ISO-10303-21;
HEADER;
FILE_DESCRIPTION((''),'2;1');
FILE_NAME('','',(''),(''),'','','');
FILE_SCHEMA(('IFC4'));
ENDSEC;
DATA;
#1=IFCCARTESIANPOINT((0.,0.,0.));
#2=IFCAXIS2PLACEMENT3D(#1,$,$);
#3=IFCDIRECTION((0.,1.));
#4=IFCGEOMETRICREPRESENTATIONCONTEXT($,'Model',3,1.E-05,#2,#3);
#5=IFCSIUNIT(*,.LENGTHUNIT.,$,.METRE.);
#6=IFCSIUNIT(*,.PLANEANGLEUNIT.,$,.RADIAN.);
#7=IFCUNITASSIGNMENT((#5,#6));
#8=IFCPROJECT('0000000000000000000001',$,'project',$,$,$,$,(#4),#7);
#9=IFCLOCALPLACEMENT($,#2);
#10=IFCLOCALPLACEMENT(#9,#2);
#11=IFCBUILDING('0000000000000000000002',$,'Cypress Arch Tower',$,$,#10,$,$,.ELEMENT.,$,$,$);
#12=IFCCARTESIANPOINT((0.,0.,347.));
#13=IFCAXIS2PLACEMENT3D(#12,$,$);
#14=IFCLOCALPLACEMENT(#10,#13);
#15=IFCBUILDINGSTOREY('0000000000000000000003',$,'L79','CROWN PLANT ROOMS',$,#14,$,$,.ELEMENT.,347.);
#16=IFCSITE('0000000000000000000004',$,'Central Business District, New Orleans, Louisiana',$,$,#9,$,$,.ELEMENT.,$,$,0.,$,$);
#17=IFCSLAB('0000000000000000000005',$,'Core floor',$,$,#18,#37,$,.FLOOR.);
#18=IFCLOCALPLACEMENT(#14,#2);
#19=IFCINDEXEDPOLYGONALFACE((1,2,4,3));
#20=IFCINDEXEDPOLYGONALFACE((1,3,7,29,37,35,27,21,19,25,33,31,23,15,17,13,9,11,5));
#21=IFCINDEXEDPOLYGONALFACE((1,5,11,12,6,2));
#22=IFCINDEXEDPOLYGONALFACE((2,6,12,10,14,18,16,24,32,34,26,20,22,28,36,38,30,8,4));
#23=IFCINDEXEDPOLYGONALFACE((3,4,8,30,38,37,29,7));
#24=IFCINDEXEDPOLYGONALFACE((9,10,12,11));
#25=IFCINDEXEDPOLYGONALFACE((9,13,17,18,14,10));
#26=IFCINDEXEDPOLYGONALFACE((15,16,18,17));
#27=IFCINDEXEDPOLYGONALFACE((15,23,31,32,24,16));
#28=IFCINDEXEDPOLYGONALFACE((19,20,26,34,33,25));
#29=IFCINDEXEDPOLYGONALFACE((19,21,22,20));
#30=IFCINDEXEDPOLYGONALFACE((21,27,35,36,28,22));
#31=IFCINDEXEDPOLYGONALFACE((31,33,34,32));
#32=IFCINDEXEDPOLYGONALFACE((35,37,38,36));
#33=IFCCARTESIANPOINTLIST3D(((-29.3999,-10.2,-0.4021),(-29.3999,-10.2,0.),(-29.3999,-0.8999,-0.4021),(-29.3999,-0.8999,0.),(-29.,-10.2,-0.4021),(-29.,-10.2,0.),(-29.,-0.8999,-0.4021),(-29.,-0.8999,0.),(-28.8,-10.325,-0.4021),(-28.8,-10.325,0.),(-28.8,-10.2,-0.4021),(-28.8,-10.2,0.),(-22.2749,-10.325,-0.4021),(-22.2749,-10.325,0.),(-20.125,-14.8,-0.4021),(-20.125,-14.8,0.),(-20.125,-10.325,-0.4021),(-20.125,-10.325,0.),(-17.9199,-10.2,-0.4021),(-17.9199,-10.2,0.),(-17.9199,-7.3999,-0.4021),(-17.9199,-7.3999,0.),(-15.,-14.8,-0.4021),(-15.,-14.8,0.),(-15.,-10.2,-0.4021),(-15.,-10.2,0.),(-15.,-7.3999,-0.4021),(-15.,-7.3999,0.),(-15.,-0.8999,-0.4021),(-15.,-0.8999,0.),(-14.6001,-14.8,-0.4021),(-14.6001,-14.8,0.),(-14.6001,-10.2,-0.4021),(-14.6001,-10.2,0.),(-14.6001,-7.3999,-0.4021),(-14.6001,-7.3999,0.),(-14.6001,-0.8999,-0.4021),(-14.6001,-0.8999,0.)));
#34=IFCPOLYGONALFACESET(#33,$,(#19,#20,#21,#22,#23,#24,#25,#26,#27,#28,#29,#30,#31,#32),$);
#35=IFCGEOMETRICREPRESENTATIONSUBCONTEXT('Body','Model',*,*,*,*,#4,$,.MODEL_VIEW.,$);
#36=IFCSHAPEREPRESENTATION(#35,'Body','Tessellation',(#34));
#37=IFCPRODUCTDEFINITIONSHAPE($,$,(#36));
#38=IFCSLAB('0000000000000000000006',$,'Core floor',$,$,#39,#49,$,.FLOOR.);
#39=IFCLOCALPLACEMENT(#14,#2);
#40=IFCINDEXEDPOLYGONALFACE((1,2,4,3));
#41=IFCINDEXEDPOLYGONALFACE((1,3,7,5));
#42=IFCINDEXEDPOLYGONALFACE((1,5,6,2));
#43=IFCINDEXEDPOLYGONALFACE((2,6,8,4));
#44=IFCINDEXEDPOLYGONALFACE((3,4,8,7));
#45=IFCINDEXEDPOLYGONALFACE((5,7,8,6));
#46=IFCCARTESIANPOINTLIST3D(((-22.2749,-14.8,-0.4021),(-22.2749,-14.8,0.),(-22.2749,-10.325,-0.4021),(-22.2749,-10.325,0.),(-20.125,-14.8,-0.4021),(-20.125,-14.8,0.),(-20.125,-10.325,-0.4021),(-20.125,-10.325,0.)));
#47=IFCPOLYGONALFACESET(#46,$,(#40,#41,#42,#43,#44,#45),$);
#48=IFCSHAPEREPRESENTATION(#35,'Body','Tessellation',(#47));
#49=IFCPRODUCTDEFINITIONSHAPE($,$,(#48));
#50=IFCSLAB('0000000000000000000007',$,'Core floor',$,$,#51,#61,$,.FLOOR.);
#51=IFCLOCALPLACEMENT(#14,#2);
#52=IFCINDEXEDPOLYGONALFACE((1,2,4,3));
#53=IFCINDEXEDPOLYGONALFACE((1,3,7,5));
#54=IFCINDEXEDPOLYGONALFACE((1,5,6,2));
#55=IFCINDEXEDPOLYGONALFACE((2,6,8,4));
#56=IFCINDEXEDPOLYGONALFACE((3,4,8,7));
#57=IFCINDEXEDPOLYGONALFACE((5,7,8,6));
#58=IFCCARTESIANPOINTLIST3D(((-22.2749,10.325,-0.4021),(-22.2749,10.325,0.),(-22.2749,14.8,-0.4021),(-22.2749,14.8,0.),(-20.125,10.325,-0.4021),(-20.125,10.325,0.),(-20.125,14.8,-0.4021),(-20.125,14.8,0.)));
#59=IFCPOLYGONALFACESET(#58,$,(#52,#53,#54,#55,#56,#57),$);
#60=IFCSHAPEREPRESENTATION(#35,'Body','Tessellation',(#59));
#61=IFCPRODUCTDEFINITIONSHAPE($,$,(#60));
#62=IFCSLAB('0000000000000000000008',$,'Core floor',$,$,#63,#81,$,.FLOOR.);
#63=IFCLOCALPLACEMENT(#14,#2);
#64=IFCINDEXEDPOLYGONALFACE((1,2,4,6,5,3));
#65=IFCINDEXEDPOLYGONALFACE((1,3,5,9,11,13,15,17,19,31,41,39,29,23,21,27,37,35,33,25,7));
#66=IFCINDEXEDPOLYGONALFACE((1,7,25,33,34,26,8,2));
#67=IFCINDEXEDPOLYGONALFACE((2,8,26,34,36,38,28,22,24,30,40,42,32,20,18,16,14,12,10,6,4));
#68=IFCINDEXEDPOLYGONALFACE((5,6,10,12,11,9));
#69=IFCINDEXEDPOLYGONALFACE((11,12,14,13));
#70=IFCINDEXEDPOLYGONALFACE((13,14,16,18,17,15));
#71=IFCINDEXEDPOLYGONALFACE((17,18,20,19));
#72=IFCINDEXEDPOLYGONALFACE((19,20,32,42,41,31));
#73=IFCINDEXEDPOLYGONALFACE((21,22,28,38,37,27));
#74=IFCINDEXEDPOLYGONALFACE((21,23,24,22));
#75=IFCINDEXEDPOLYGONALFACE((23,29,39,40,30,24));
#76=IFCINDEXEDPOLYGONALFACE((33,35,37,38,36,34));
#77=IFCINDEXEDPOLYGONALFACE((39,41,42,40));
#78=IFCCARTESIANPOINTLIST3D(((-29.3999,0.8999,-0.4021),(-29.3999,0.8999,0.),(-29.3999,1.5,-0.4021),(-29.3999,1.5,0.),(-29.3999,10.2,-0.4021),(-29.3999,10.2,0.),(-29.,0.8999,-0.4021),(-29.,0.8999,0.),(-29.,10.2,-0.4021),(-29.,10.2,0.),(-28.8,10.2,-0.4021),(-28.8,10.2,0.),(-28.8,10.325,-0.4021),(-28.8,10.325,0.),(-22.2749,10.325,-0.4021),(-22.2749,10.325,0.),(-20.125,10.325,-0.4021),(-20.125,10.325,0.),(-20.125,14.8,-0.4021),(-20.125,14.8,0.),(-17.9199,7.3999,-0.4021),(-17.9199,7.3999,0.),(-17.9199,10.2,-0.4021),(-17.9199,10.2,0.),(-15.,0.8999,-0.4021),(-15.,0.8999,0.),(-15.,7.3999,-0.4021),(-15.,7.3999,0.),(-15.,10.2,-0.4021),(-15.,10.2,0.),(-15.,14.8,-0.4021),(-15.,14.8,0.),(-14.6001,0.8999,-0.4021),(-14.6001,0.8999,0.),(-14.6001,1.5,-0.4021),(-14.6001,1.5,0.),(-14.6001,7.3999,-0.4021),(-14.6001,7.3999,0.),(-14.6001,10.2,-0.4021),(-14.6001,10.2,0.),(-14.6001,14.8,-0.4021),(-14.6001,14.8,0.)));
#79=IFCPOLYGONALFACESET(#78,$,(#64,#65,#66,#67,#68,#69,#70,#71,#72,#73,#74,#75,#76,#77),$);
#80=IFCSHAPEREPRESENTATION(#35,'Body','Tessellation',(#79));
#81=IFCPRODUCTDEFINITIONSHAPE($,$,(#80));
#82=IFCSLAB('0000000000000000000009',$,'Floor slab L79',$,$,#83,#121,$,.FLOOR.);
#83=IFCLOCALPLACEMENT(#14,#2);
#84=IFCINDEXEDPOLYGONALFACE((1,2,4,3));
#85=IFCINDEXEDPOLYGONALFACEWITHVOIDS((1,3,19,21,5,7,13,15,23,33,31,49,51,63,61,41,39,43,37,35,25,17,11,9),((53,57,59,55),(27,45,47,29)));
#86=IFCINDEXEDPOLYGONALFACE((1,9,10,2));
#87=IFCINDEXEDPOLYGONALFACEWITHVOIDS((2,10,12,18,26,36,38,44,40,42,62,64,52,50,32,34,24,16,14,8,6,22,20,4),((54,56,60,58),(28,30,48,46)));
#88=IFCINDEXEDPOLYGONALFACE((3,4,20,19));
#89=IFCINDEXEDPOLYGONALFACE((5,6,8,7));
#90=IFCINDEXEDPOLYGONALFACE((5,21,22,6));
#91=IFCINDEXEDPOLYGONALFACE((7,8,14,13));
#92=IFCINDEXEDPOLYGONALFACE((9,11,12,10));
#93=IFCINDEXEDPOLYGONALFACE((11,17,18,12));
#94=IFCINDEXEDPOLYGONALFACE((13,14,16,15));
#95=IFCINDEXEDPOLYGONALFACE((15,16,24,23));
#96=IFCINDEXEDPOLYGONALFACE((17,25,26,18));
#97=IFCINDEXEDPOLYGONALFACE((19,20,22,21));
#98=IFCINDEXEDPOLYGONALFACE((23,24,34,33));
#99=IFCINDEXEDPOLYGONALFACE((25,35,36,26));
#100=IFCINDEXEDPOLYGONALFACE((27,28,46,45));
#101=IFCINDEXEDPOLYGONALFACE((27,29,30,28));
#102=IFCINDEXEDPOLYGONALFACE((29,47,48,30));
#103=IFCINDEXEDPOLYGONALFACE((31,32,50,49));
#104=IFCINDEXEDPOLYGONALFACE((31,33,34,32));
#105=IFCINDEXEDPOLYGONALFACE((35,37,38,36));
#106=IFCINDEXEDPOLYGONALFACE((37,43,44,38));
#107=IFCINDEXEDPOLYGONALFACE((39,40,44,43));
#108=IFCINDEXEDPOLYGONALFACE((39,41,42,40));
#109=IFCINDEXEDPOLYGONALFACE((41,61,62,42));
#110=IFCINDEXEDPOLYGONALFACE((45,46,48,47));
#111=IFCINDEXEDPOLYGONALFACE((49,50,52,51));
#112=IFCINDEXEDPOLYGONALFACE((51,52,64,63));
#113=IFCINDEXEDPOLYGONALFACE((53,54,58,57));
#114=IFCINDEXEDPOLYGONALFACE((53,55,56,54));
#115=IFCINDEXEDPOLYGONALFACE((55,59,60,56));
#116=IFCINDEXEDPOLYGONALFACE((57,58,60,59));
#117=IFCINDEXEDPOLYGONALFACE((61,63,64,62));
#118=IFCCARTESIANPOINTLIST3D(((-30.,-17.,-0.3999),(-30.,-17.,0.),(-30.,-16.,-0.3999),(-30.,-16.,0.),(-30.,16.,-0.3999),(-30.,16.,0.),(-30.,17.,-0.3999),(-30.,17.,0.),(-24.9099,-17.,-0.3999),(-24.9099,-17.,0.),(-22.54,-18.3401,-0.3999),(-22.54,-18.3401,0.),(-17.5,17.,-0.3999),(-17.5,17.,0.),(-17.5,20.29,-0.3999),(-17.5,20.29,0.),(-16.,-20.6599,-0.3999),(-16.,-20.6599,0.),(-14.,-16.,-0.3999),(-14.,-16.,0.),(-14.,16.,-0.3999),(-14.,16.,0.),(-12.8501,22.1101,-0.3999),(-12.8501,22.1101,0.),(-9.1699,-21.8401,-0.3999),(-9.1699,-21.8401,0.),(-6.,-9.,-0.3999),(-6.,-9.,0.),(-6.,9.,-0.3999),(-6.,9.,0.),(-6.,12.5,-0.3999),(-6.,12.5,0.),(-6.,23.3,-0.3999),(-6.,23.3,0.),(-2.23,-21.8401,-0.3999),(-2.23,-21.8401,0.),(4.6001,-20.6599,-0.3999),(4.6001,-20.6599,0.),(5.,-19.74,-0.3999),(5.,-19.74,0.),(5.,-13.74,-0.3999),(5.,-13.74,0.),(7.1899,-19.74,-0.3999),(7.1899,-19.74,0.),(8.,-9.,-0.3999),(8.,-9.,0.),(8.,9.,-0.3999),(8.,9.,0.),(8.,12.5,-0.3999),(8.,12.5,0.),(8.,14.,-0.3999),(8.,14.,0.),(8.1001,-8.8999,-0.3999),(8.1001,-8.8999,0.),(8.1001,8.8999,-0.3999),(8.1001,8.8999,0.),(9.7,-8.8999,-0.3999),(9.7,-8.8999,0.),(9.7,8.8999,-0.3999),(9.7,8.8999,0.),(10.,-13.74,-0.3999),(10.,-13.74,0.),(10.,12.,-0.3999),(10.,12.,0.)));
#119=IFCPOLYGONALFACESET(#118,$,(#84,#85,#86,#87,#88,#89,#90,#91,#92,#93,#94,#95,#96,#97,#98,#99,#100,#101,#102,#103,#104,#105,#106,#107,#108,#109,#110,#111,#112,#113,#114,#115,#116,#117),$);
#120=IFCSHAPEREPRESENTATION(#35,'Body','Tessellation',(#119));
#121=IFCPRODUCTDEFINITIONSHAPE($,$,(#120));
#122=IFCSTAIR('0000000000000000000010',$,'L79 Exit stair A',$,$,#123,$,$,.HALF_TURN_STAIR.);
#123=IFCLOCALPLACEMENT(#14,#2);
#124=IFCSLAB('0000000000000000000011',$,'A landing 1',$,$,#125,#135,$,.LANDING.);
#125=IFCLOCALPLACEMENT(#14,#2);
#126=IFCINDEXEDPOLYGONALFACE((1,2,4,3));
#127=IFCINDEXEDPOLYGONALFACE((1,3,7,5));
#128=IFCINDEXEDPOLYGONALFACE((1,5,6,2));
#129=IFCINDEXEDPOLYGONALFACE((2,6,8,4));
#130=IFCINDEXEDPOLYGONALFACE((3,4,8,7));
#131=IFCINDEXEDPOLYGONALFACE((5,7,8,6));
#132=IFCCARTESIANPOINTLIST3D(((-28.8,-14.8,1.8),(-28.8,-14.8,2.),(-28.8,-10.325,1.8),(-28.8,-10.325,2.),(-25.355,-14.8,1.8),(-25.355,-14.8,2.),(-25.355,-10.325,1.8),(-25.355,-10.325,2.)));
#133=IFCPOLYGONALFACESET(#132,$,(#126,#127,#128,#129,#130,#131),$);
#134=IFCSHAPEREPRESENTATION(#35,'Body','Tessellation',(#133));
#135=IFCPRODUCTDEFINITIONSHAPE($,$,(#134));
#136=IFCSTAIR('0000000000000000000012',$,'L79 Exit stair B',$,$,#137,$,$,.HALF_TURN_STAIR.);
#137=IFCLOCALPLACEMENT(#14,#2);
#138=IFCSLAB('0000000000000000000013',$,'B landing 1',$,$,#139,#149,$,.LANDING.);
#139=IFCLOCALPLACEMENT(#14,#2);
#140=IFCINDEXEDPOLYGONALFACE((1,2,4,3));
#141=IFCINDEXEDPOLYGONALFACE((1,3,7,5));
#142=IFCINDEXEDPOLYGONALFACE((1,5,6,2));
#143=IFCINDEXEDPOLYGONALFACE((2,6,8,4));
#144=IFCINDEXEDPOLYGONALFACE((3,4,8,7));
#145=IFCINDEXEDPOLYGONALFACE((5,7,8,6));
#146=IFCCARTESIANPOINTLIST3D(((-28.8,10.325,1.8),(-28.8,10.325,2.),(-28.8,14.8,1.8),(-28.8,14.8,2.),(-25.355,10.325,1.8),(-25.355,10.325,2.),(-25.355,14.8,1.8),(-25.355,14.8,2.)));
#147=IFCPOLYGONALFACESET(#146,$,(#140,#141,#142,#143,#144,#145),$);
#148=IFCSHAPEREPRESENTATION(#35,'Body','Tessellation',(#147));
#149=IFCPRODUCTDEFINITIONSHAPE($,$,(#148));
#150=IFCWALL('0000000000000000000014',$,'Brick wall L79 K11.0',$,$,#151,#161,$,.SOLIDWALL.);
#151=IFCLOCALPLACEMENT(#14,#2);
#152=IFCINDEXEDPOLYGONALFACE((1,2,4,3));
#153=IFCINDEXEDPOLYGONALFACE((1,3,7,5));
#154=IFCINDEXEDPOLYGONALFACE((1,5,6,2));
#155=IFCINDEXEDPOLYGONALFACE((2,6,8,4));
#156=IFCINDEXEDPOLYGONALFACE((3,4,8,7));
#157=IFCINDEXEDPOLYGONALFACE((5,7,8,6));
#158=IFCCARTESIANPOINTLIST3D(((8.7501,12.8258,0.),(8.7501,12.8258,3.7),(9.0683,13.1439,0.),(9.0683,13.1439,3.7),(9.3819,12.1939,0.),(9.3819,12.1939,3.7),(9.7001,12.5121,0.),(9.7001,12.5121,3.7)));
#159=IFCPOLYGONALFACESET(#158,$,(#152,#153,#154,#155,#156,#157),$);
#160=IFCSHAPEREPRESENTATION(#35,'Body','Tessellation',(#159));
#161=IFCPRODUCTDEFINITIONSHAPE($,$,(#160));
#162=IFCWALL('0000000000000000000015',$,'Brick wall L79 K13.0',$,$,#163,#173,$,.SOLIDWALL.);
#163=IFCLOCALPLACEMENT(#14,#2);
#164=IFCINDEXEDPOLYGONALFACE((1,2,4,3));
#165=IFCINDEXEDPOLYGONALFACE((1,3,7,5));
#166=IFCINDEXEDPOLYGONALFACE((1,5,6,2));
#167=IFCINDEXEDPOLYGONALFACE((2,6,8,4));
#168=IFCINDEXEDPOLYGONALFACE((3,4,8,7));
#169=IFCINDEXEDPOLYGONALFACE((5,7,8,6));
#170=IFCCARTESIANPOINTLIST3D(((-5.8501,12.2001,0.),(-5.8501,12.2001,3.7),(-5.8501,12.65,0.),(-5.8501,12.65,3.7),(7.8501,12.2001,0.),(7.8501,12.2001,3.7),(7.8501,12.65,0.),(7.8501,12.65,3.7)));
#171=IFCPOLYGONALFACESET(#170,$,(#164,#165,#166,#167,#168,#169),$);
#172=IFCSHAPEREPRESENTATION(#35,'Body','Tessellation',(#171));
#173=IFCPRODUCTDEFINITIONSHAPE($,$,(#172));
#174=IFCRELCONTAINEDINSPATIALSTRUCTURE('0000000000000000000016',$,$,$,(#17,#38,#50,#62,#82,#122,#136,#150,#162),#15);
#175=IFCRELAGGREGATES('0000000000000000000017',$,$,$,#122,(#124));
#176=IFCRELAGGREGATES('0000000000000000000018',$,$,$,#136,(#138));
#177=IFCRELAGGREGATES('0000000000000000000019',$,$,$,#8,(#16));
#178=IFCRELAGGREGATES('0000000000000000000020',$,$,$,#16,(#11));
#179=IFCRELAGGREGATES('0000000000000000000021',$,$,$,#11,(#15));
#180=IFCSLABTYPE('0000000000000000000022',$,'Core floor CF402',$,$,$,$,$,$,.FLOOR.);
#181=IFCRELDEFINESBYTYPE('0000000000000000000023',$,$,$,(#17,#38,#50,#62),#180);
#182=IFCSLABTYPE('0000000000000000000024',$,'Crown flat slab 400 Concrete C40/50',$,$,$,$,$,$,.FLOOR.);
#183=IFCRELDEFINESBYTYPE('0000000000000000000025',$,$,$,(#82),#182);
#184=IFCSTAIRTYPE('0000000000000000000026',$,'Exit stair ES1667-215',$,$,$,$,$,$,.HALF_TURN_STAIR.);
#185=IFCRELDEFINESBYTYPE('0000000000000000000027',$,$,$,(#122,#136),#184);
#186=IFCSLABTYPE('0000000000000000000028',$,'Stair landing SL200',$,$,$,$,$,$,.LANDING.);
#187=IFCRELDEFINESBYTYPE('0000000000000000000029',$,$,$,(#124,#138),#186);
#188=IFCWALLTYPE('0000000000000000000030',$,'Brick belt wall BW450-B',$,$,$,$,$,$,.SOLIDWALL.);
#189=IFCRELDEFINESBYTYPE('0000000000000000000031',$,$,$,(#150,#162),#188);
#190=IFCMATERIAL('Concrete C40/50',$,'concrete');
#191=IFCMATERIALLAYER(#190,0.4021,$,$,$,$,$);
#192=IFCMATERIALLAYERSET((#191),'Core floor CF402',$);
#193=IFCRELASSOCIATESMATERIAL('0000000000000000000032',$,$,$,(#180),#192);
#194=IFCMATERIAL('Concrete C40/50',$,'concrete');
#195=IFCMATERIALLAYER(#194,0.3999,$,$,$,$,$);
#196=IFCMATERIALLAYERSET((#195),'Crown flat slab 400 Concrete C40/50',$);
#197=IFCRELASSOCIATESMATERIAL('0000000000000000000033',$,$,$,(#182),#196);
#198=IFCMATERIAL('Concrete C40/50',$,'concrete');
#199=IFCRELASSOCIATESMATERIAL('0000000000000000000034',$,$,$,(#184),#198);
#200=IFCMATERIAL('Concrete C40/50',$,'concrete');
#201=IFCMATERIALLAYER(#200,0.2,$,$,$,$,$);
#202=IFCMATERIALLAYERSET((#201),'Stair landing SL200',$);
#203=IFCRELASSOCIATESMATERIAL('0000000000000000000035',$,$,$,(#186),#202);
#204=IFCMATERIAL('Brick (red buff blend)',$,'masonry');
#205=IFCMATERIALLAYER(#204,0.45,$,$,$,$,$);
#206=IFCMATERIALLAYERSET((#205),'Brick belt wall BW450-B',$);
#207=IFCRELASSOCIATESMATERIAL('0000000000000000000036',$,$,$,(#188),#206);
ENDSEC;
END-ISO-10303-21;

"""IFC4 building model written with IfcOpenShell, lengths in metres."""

from ifc_helpers import new_model, si_unit, direction, frame, frame_2d, origin, place, context, subcontext, project, spatial, polyline, rectangle, outline, extrude, material, layer, layer_set, type_object, element, aggregate, save


model = new_model("IFC4")

# Units and contexts
model_context = context("Model", 3, precision=1e-05, world=origin(), true_north=direction((0.0, 1.0)))
body_context = subcontext(model_context, "Body", "Model", "MODEL_VIEW")
ifc_project = project(units=[si_unit("LENGTHUNIT", "METRE"), si_unit("PLANEANGLEUNIT", "RADIAN")], contexts=[model_context])

# Site, building, storey
site_placement = place(None, origin())
site = spatial("IfcSite", under=ifc_project, at=site_placement, Name="Central Business District, New Orleans, Louisiana", CompositionType="ELEMENT", RefElevation=0.0)
building_placement = place(site_placement, origin())
building = spatial("IfcBuilding", under=site, at=building_placement, Name="Cypress Arch Tower", CompositionType="ELEMENT")
storey_placement = place(building_placement, frame((0.0, 0.0, 347.0)))
storey = spatial("IfcBuildingStorey", under=building, at=storey_placement, Name="L79", Description="CROWN PLANT ROOMS", CompositionType="ELEMENT", Elevation=347.0)

# Slabs
ifc_material_1 = material(Name="Concrete C40/50", Category="concrete")
ifc_layer_1 = layer(ifc_material_1, 0.4021)
ifc_layer_set_1 = layer_set([ifc_layer_1], Name="Core floor CF402")
slab_type_1 = type_object("IfcSlabType", Name="Core floor CF402", PredefinedType="FLOOR", material=ifc_layer_set_1)
slab_1_placement = place(storey_placement, frame((0.0, 0.0, -0.4021)))
element("IfcSlab", 1, at=slab_1_placement, inside=storey, type_object=slab_type_1, Name="Core floor", PredefinedType="FLOOR", context=body_context, shape_type="SweptSolid", body=[
    extrude(outline(polyline([(-28.8, -10.2), (-29.0, -10.2), (-29.3999, -10.2), (-29.3999, -0.8999), (-29.0, -0.8999), (-15.0, -0.8999), (-14.6001, -0.8999), (-14.6001, -7.3999), (-15.0, -7.3999), (-17.9199, -7.3999), (-17.9199, -10.2), (-15.0, -10.2), (-14.6001, -10.2), (-14.6001, -14.8), (-15.0, -14.8), (-20.125, -14.8), (-20.125, -10.325), (-22.2749, -10.325), (-28.8, -10.325), (-28.8, -10.2)])), origin(), (0.0, 0.0, 1.0), 0.4021),
])
slab_2_placement = place(storey_placement, frame((0.0, 0.0, -0.4021)))
element("IfcSlab", 2, at=slab_2_placement, inside=storey, type_object=slab_type_1, Name="Core floor", PredefinedType="FLOOR", context=body_context, shape_type="SweptSolid", body=[
    extrude(outline(polyline([(-22.2749, -10.325), (-22.2749, -14.8), (-20.125, -14.8), (-20.125, -10.325), (-22.2749, -10.325)])), origin(), (0.0, 0.0, 1.0), 0.4021),
])
slab_3_placement = place(storey_placement, frame((0.0, 0.0, -0.4021)))
element("IfcSlab", 3, at=slab_3_placement, inside=storey, type_object=slab_type_1, Name="Core floor", PredefinedType="FLOOR", context=body_context, shape_type="SweptSolid", body=[
    extrude(outline(polyline([(-20.125, 14.8), (-22.2749, 14.8), (-22.2749, 10.325), (-20.125, 10.325), (-20.125, 14.8)])), origin(), (0.0, 0.0, 1.0), 0.4021),
])
slab_4_placement = place(storey_placement, frame((0.0, 0.0, -0.4021)))
element("IfcSlab", 4, at=slab_4_placement, inside=storey, type_object=slab_type_1, Name="Core floor", PredefinedType="FLOOR", context=body_context, shape_type="SweptSolid", body=[
    extrude(outline(polyline([(-22.2749, 10.325), (-20.125, 10.325), (-20.125, 14.8), (-15.0, 14.8), (-14.6001, 14.8), (-14.6001, 10.2), (-15.0, 10.2), (-17.9199, 10.2), (-17.9199, 7.3999), (-15.0, 7.3999), (-14.6001, 7.3999), (-14.6001, 1.5), (-14.6001, 0.8999), (-15.0, 0.8999), (-29.0, 0.8999), (-29.3999, 0.8999), (-29.3999, 1.5), (-29.3999, 10.2), (-29.0, 10.2), (-28.8, 10.2), (-28.8, 10.325), (-22.2749, 10.325)])), origin(), (0.0, 0.0, 1.0), 0.4021),
])
ifc_material_2 = material(Name="Concrete C40/50", Category="concrete")
ifc_layer_2 = layer(ifc_material_2, 0.3999)
ifc_layer_set_2 = layer_set([ifc_layer_2], Name="Crown flat slab 400 Concrete C40/50")
slab_type_2 = type_object("IfcSlabType", Name="Crown flat slab 400 Concrete C40/50", PredefinedType="FLOOR", material=ifc_layer_set_2)
slab_5_placement = place(storey_placement, frame((0.0, 0.0, -0.3999)))
element("IfcSlab", 5, at=slab_5_placement, inside=storey, type_object=slab_type_2, Name="Floor slab L79", PredefinedType="FLOOR", context=body_context, shape_type="SweptSolid", body=[
    extrude(outline(polyline([(-17.5, 17.0), (-17.5, 20.29), (-12.8501, 22.1101), (-6.0, 23.3), (-6.0, 12.5), (8.0, 12.5), (8.0, 14.0), (10.0, 12.0), (10.0, -13.74), (5.0, -13.74), (5.0, -19.74), (7.1899, -19.74), (4.6001, -20.6599), (-2.23, -21.8401), (-9.1699, -21.8401), (-16.0, -20.6599), (-22.54, -18.3401), (-24.9099, -17.0), (-30.0, -17.0), (-30.0, -16.0), (-14.0, -16.0), (-14.0, 16.0), (-30.0, 16.0), (-30.0, 17.0), (-17.5, 17.0)]), holes=[polyline([(8.1001, -8.8999), (9.7, -8.8999), (9.7, 8.8999), (8.1001, 8.8999), (8.1001, -8.8999)]), polyline([(8.0, -9.0), (8.0, 9.0), (-6.0, 9.0), (-6.0, -9.0), (8.0, -9.0)])]), origin(), (0.0, 0.0, 1.0), 0.3999),
])

# Stairs, slabs
ifc_material_3 = material(Name="Concrete C40/50", Category="concrete")
stair_type = type_object("IfcStairType", Name="Exit stair ES1667-215", PredefinedType="HALF_TURN_STAIR", material=ifc_material_3)
stair_1_placement = place(storey_placement, origin())
stair_1 = element("IfcStair", 6, at=stair_1_placement, inside=storey, type_object=stair_type, Name="L79 Exit stair A", PredefinedType="HALF_TURN_STAIR")
ifc_material_4 = material(Name="Concrete C40/50", Category="concrete")
ifc_layer_3 = layer(ifc_material_4, 0.2)
ifc_layer_set_3 = layer_set([ifc_layer_3], Name="Stair landing SL200")
slab_type_3 = type_object("IfcSlabType", Name="Stair landing SL200", PredefinedType="LANDING", material=ifc_layer_set_3)
slab_6_placement = place(storey_placement, frame((0.0, 0.0, 1.8)))
slab_6 = element("IfcSlab", 7, at=slab_6_placement, type_object=slab_type_3, Name="A landing 1", PredefinedType="LANDING", context=body_context, shape_type="SweptSolid", body=[
    extrude(outline(polyline([(-25.355, -10.325), (-28.8, -10.325), (-28.8, -14.8), (-25.355, -14.8), (-25.355, -10.325)])), origin(), (0.0, 0.0, 1.0), 0.2),
])
aggregate(stair_1, [slab_6])
stair_2_placement = place(storey_placement, origin())
stair_2 = element("IfcStair", 8, at=stair_2_placement, inside=storey, type_object=stair_type, Name="L79 Exit stair B", PredefinedType="HALF_TURN_STAIR")
slab_7_placement = place(storey_placement, frame((0.0, 0.0, 1.8)))
slab_7 = element("IfcSlab", 9, at=slab_7_placement, type_object=slab_type_3, Name="B landing 1", PredefinedType="LANDING", context=body_context, shape_type="SweptSolid", body=[
    extrude(outline(polyline([(-25.355, 14.8), (-28.8, 14.8), (-28.8, 10.325), (-25.355, 10.325), (-25.355, 14.8)])), origin(), (0.0, 0.0, 1.0), 0.2),
])
aggregate(stair_2, [slab_7])

# Walls
ifc_material_5 = material(Name="Brick (red buff blend)", Category="masonry")
ifc_layer_4 = layer(ifc_material_5, 0.45)
ifc_layer_set_4 = layer_set([ifc_layer_4], Name="Brick belt wall BW450-B")
wall_type_1 = type_object("IfcWallType", Name="Brick belt wall BW450-B", PredefinedType="SOLIDWALL", material=ifc_layer_set_4)
wall_1_placement = place(storey_placement, frame((9.541, 12.353, 0.0), z_axis=(0.0, 0.0, 1.0), x_axis=(-0.707107, 0.707107, 0.0)))
element("IfcWall", 10, at=wall_1_placement, inside=storey, type_object=wall_type_1, Name="Brick wall L79 K11.0", PredefinedType="SOLIDWALL", context=body_context, shape_type="SweptSolid", body=[
    extrude(rectangle(XDim=0.8936, YDim=0.45, at=frame_2d((0.4468, 0.0))), origin(), (0.0, 0.0, 1.0), 3.7),
])
wall_2_placement = place(storey_placement, frame((7.8501, 12.425, 0.0), z_axis=(0.0, 0.0, 1.0), x_axis=(-1.0, 0.0, 0.0)))
element("IfcWall", 11, at=wall_2_placement, inside=storey, type_object=wall_type_1, Name="Brick wall L79 K13.0", PredefinedType="SOLIDWALL", context=body_context, shape_type="SweptSolid", body=[
    extrude(rectangle(XDim=13.7002, YDim=0.45, at=frame_2d((6.8501, 0.0))), origin(), (0.0, 0.0, 1.0), 3.7),
])

save(model, "model.ifc")
